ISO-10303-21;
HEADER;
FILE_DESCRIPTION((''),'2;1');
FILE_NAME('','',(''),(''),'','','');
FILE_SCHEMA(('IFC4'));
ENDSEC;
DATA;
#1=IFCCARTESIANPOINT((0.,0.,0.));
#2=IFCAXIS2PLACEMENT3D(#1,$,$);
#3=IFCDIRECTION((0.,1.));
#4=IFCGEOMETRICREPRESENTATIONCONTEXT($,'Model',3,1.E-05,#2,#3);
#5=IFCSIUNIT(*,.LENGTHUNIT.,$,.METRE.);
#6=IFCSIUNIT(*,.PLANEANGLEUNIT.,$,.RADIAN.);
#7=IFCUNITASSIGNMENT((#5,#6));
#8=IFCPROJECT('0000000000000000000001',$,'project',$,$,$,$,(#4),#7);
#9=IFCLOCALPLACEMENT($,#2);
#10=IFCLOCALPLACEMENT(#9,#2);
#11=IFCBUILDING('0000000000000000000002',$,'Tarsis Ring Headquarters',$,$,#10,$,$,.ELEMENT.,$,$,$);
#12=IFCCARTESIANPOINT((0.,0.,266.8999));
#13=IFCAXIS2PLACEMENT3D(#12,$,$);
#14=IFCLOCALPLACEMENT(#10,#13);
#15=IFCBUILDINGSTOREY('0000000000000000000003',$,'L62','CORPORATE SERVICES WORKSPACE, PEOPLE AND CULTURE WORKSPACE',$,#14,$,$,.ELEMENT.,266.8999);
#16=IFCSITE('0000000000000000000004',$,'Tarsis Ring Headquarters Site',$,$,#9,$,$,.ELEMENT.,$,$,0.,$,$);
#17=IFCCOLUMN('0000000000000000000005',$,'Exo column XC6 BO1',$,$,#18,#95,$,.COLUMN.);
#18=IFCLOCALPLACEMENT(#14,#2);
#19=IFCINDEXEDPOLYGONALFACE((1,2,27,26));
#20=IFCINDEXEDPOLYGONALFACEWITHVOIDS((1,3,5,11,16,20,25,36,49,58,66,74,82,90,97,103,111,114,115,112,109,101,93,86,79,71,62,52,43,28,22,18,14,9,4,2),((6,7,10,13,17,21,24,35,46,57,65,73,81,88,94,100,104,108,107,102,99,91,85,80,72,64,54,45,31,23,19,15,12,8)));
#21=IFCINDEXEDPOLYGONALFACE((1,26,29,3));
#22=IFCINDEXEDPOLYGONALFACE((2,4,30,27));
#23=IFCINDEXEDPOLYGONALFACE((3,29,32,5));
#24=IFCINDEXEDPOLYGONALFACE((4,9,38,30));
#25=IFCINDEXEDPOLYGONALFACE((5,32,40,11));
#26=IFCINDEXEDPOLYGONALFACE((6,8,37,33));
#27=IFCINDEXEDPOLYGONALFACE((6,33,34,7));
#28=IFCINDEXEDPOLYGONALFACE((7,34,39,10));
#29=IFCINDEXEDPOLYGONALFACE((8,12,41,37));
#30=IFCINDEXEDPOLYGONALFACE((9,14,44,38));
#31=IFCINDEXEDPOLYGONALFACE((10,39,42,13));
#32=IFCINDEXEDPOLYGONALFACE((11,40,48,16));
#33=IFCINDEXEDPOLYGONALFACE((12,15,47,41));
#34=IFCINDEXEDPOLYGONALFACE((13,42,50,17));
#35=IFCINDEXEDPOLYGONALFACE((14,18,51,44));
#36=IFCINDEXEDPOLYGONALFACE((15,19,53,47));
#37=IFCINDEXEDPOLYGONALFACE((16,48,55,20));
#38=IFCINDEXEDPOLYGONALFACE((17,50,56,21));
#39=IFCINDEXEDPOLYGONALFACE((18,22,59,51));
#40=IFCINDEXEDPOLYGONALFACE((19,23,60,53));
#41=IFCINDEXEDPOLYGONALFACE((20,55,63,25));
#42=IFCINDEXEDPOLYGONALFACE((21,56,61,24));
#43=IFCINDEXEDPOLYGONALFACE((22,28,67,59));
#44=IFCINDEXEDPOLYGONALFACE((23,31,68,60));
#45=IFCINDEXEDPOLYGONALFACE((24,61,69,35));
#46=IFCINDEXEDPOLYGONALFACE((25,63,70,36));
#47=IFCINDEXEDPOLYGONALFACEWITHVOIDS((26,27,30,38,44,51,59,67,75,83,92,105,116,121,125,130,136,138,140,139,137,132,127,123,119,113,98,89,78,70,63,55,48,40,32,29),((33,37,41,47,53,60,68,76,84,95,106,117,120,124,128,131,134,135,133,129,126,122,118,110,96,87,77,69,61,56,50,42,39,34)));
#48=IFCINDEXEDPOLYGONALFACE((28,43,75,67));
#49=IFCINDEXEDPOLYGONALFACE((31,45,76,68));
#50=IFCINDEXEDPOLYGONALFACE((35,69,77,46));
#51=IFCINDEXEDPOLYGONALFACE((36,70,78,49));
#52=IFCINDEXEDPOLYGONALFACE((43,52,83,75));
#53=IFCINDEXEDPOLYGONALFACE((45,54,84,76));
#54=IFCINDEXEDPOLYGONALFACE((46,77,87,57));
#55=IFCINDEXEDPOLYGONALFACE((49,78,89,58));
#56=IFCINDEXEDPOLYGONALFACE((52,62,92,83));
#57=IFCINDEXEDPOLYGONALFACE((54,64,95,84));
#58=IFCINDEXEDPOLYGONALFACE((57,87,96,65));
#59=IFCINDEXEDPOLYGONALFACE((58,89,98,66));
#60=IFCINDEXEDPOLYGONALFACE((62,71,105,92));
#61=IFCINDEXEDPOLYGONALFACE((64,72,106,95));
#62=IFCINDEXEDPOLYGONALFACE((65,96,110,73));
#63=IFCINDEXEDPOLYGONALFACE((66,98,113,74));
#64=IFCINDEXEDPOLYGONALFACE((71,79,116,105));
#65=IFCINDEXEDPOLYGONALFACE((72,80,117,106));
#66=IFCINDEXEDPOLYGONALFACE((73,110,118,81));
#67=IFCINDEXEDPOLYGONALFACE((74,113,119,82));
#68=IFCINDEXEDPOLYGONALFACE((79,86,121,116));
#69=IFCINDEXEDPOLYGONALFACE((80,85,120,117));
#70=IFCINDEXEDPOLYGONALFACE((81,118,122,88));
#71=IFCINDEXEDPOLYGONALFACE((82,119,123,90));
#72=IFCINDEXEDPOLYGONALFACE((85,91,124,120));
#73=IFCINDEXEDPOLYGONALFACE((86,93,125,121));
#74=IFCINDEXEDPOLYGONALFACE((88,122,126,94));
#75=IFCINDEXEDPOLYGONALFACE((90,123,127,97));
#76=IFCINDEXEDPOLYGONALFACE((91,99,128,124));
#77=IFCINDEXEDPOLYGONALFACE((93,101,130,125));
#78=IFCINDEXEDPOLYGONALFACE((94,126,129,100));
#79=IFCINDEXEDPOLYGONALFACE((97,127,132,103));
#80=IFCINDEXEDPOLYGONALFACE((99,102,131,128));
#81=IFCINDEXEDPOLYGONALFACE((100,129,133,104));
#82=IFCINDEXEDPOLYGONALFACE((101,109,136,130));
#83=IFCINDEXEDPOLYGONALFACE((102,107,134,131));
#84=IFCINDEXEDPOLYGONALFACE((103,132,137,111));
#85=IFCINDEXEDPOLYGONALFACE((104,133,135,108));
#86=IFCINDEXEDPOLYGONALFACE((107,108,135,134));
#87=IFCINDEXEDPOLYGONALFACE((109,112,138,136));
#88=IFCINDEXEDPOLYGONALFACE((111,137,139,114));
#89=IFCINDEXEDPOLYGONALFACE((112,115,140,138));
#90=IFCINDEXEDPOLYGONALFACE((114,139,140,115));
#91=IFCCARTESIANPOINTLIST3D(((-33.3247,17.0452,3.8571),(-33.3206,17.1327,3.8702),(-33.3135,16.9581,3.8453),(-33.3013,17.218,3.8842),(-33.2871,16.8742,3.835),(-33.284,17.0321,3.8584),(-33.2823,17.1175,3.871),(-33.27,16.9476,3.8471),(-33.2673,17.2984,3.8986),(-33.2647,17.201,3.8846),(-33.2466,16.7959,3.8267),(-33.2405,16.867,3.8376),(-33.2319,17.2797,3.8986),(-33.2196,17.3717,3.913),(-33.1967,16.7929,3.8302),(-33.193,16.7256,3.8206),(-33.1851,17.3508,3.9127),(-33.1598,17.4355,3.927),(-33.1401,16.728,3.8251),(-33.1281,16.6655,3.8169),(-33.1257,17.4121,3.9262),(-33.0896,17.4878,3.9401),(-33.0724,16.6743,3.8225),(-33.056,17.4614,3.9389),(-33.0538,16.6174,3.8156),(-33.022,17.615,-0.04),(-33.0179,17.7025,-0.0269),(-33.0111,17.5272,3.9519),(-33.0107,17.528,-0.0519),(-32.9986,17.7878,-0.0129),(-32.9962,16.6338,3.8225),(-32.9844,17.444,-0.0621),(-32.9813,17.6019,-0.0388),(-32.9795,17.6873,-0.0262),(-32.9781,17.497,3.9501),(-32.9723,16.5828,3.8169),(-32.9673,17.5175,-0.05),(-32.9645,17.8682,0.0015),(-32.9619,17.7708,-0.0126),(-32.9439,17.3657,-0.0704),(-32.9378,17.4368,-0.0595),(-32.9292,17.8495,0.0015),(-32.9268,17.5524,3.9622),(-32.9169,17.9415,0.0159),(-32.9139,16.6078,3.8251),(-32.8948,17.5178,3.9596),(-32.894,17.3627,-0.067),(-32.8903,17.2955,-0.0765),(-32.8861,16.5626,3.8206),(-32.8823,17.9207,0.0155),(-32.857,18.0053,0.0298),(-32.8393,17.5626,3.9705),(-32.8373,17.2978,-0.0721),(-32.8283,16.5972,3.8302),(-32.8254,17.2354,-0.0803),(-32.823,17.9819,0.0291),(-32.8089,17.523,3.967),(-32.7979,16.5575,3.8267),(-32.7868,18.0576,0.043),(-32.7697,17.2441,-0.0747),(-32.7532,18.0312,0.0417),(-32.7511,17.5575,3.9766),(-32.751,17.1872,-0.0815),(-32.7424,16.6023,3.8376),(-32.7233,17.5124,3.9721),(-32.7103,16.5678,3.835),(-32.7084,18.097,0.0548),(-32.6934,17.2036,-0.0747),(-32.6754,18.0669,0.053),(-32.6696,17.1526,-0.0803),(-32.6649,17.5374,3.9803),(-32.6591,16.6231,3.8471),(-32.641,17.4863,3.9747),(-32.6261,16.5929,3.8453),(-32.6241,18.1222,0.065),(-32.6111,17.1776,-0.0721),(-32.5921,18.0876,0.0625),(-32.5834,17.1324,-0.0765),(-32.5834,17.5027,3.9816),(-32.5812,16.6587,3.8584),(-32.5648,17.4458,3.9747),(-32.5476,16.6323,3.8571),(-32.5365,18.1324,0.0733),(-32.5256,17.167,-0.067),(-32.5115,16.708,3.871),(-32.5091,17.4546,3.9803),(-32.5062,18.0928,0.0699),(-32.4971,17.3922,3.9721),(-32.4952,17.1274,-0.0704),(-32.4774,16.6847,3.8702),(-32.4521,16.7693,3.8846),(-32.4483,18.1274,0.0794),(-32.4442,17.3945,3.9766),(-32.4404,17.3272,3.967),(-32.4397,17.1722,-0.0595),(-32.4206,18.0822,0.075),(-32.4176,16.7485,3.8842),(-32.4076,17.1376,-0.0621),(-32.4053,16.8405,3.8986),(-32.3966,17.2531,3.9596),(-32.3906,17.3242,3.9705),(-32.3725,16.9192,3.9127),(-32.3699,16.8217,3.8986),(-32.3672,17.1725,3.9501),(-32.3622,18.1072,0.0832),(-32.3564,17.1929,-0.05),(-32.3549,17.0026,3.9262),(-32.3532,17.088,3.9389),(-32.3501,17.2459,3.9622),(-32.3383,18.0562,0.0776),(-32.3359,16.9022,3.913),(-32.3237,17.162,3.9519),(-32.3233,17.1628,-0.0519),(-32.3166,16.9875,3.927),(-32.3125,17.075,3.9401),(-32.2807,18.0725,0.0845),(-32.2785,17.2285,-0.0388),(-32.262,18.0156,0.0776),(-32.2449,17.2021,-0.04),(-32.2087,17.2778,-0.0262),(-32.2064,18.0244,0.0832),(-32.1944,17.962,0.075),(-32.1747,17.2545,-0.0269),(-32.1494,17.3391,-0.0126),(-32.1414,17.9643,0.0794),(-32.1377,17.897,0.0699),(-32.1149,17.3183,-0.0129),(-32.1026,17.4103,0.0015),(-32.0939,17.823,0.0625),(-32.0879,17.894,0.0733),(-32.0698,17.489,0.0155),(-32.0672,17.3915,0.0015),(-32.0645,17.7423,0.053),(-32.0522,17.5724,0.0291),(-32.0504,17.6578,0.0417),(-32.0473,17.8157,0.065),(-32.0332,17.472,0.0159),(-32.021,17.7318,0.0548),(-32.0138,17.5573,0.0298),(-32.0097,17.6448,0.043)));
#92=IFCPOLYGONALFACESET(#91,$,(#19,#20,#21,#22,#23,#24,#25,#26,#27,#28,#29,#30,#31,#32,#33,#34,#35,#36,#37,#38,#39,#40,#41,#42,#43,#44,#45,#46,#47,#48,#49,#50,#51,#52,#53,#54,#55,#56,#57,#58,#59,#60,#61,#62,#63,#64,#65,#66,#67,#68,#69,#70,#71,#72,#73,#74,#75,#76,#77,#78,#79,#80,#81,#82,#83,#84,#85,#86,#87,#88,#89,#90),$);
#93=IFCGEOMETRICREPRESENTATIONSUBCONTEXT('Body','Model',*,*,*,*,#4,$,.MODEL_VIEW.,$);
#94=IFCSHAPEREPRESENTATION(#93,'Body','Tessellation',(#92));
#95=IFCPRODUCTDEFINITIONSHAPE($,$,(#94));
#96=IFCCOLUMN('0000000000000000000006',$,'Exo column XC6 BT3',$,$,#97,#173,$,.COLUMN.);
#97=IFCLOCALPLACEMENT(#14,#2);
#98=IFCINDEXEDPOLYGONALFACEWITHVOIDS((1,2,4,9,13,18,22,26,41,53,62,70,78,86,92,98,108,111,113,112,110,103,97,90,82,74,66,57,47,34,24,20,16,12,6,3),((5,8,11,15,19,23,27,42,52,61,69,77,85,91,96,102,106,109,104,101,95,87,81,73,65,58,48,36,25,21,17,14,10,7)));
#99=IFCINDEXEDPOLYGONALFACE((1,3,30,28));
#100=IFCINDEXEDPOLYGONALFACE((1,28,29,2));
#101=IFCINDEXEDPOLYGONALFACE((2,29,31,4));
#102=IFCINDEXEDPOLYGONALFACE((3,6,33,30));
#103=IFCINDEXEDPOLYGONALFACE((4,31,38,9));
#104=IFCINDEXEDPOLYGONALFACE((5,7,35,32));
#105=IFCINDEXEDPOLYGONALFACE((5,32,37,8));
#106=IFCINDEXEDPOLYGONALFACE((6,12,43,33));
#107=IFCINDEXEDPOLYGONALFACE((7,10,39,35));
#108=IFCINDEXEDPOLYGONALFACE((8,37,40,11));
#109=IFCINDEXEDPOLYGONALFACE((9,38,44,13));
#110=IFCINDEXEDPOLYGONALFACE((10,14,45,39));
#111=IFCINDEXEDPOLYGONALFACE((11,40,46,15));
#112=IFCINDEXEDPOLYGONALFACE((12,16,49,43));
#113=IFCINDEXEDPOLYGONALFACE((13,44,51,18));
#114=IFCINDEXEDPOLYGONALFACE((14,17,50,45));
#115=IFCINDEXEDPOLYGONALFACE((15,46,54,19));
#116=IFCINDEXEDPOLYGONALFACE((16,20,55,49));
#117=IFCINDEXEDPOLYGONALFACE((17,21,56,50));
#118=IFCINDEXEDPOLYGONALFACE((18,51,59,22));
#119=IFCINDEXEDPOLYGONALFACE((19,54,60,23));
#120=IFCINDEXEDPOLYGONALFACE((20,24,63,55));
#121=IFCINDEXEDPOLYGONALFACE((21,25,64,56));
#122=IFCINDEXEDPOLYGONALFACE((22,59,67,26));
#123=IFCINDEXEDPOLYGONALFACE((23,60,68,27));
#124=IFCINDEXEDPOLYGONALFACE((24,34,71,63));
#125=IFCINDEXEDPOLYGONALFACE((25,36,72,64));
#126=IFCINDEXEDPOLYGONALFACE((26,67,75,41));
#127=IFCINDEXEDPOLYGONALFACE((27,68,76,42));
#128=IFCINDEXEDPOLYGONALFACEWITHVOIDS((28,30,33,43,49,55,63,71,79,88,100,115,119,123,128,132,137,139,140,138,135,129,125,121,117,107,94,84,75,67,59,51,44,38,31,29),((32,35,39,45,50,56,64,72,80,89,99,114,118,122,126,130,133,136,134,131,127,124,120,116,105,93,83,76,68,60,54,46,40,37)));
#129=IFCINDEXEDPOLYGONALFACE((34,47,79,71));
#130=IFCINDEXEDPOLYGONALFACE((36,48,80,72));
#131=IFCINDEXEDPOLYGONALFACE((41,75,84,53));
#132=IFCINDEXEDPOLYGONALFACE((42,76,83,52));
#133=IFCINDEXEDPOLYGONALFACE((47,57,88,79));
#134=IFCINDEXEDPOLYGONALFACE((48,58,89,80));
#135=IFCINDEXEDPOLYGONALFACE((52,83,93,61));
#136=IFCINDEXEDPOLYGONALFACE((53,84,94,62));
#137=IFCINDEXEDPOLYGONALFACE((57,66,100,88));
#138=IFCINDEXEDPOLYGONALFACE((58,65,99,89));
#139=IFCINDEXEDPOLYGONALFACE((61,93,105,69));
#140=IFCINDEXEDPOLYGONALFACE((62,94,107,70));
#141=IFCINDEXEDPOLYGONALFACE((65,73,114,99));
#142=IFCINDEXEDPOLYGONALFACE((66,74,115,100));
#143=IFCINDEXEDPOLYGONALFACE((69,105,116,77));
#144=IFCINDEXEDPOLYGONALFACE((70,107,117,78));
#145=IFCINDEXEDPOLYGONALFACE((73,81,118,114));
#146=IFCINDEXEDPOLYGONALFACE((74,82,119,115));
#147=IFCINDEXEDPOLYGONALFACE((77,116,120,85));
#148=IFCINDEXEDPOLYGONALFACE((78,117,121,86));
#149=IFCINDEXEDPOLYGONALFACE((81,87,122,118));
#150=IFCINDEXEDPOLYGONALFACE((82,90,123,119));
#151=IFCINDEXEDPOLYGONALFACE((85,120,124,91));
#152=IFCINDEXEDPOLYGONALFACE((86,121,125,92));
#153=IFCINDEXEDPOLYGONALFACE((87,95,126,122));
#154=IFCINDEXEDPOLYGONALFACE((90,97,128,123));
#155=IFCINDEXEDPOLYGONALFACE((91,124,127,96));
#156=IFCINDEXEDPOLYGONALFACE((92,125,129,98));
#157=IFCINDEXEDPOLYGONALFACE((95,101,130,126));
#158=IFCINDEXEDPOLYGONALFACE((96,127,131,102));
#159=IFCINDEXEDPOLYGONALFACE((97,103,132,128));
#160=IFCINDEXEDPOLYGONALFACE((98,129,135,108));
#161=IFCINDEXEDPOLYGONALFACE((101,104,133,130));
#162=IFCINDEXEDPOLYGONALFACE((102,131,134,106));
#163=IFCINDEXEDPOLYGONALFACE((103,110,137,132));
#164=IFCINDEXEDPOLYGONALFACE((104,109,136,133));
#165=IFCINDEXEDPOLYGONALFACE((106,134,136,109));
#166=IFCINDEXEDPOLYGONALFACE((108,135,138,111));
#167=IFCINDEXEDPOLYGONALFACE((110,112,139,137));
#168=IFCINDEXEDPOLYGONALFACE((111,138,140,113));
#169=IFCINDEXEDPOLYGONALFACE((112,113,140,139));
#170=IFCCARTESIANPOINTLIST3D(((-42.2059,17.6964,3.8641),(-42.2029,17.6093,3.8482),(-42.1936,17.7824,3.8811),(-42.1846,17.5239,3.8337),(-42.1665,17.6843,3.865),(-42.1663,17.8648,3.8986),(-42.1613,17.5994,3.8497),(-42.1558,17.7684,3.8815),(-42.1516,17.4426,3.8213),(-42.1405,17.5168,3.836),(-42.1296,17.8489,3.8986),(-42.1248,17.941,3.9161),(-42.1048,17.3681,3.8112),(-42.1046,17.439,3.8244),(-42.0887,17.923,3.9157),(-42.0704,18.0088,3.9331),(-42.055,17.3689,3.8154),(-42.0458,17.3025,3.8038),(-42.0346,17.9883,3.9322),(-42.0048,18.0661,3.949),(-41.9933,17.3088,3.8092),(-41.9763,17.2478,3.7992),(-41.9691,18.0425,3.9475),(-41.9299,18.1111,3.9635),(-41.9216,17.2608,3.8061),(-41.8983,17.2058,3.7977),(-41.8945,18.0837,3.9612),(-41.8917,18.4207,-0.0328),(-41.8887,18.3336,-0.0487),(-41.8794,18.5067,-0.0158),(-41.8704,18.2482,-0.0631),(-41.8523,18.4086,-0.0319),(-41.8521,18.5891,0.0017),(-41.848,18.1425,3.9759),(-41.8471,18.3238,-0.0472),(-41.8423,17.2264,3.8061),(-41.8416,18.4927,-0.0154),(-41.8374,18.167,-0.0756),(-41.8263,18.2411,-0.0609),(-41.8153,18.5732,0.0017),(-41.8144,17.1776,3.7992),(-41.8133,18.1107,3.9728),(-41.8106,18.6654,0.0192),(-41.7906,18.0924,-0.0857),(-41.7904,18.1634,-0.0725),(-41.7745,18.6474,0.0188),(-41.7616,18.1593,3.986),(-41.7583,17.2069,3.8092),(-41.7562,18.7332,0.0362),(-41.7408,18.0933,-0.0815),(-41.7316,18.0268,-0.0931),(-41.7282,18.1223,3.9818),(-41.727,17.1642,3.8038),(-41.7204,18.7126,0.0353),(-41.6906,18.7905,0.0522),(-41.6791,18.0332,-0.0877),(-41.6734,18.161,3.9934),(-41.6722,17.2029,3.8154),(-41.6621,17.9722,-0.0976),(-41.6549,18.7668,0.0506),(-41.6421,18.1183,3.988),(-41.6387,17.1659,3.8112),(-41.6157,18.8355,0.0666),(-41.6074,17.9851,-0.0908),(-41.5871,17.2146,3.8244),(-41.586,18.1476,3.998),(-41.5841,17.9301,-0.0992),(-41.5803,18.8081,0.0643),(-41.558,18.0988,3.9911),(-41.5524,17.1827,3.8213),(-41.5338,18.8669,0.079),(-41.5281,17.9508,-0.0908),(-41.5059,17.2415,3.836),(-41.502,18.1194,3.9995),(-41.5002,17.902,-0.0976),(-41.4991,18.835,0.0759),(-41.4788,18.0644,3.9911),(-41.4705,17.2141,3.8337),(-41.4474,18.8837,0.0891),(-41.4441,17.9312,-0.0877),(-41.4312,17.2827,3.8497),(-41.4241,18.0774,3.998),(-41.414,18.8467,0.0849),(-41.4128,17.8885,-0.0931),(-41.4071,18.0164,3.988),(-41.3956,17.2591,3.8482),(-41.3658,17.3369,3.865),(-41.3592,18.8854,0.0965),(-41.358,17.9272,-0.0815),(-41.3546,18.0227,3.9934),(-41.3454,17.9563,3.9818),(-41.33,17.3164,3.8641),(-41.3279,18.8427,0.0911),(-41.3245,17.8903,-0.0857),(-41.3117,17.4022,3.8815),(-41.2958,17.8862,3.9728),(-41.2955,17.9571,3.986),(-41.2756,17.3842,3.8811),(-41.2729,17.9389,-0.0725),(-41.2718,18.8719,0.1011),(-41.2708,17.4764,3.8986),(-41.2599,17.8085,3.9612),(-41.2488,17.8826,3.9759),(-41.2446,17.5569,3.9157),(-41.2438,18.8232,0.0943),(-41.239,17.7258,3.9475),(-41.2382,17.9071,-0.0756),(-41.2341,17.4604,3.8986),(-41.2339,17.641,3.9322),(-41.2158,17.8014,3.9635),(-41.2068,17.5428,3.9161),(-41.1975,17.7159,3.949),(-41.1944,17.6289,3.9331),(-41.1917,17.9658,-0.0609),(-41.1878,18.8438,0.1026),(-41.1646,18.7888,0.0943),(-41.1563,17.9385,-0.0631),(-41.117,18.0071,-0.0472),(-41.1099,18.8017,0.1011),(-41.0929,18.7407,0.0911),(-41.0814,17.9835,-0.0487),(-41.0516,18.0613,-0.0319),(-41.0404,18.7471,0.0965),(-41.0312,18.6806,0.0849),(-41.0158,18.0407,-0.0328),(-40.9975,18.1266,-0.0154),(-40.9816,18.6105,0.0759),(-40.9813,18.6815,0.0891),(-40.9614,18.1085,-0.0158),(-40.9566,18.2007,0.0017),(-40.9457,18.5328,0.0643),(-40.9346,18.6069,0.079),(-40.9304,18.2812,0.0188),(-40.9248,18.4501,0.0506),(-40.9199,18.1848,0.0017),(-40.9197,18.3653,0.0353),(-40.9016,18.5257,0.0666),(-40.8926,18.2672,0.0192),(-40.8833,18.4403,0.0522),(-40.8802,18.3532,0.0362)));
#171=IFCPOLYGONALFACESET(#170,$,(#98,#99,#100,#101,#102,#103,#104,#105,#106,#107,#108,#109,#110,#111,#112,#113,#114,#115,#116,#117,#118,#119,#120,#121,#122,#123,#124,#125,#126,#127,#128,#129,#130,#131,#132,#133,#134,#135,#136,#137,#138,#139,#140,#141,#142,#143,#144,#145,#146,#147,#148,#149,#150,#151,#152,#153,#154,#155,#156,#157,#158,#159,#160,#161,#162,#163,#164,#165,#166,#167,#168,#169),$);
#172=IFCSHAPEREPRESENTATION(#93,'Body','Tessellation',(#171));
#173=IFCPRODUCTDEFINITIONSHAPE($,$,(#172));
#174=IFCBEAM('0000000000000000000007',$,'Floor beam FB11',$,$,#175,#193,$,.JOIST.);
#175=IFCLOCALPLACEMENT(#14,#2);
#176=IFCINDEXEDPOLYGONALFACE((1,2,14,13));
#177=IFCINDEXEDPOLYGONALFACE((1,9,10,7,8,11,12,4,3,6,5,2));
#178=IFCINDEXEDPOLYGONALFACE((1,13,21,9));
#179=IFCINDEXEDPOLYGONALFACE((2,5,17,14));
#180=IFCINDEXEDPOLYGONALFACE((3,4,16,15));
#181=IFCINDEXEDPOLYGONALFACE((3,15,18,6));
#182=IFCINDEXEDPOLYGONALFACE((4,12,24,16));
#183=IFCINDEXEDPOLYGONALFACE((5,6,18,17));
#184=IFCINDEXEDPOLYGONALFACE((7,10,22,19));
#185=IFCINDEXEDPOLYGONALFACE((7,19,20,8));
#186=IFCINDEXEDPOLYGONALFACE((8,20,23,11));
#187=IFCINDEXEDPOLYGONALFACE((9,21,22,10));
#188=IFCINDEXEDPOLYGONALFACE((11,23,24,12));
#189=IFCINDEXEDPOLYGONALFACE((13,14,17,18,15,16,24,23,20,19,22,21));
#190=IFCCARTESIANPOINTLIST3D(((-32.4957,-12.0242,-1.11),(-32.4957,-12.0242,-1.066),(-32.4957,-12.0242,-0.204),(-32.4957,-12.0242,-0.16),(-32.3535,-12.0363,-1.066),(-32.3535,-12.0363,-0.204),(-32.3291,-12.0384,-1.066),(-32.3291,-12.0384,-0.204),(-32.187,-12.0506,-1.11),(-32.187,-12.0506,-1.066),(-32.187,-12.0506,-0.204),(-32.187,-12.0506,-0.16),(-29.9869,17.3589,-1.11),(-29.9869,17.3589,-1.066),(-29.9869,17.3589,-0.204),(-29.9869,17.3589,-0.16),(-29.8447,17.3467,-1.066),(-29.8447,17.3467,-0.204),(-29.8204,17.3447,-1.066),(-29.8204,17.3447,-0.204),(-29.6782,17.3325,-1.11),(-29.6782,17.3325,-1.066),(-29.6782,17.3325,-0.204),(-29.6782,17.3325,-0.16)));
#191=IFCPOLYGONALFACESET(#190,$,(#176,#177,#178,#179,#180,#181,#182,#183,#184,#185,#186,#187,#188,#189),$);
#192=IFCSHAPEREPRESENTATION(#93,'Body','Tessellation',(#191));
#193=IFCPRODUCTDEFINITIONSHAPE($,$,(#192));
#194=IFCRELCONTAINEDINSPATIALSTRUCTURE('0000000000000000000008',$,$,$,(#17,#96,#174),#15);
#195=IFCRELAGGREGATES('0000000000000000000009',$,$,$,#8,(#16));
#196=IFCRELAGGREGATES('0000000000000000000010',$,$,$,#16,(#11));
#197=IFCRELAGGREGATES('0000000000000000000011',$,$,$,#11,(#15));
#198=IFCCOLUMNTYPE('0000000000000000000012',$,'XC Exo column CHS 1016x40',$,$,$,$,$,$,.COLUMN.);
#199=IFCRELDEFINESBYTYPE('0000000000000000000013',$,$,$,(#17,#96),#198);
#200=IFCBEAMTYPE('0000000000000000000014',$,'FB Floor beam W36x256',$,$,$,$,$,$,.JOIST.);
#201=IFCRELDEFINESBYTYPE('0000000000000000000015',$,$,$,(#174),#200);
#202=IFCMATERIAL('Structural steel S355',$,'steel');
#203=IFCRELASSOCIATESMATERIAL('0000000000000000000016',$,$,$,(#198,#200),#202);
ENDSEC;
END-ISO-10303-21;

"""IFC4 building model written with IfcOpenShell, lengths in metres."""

from ifc_helpers import new_model, si_unit, direction, frame, origin, origin_2d, place, context, subcontext, project, spatial, hollow_circle, i_section, extrude, material, material_profile, profile_set, type_object, element, save


model = new_model("IFC4")

# Units and contexts
model_context = context("Model", 3, precision=1e-05, world=origin(), true_north=direction((0.0, 1.0)))
body_context = subcontext(model_context, "Body", "Model", "MODEL_VIEW")
ifc_project = project(units=[si_unit("LENGTHUNIT", "METRE"), si_unit("PLANEANGLEUNIT", "RADIAN")], contexts=[model_context])

# Site, building, storey
site_placement = place(None, origin())
site = spatial("IfcSite", under=ifc_project, at=site_placement, Name="Tarsis Ring Headquarters Site", CompositionType="ELEMENT", RefElevation=0.0)
building_placement = place(site_placement, origin())
building = spatial("IfcBuilding", under=site, at=building_placement, Name="Tarsis Ring Headquarters", CompositionType="ELEMENT")
storey_placement = place(building_placement, frame((0.0, 0.0, 266.8999)))
storey = spatial("IfcBuildingStorey", under=building, at=storey_placement, Name="L62", Description="CORPORATE SERVICES WORKSPACE, PEOPLE AND CULTURE WORKSPACE", CompositionType="ELEMENT", Elevation=266.8999)

# Columns
ifc_material_1 = material(Name="Structural steel S355", Category="steel")
ifc_material_profile_1 = material_profile(ifc_material_1, hollow_circle(Radius=0.5081, WallThickness=0.04, at=origin_2d()), Name="CHS 1016x40")
ifc_profile_set_1 = profile_set([ifc_material_profile_1], Name="Structural steel S355")
column_type = type_object("IfcColumnType", Name="XC Exo column CHS 1016x40", PredefinedType="COLUMN", material=ifc_profile_set_1)
column_1_placement = place(storey_placement, frame((-32.5159, 17.6299, 0.0015), z_axis=(-0.076636, -0.144249, 0.986569), x_axis=(0.883106, -0.469174, 0.0)))
element("IfcColumn", 1, at=column_1_placement, inside=storey, type_object=column_type, Name="Exo column XC6 BO1", PredefinedType="COLUMN", context=body_context, shape_type="SweptSolid", body=[
    extrude(hollow_circle(Radius=0.5081, WallThickness=0.04, at=origin_2d()), origin(), (0.0, 0.0, 1.0), 3.9502),
])
column_2_placement = place(storey_placement, frame((-41.386, 18.387, 0.0017), z_axis=(-0.079023, -0.182177, 0.980085), x_axis=(0.917409, -0.397946, 0.0)))
element("IfcColumn", 2, at=column_2_placement, inside=storey, type_object=column_type, Name="Exo column XC6 BT3", PredefinedType="COLUMN", context=body_context, shape_type="SweptSolid", body=[
    extrude(hollow_circle(Radius=0.5081, WallThickness=0.04, at=origin_2d()), origin(), (0.0, 0.0, 1.0), 3.9761),
])

# Beam
ifc_material_profile_2 = material_profile(ifc_material_1, i_section(OverallWidth=0.3098, OverallDepth=0.95, WebThickness=0.0244, FlangeThickness=0.0439, at=origin_2d()), Name="W36x256")
ifc_profile_set_2 = profile_set([ifc_material_profile_2], Name="Structural steel S355")
beam_type_1 = type_object("IfcBeamType", Name="FB Floor beam W36x256", PredefinedType="JOIST", material=ifc_profile_set_2)
for number, where, z_axis, x_axis, name in (
    (3, (-29.8325, 17.3457, -0.635), (-0.085073, -0.996375, 0.0), (0.996375, -0.085073, 0.0), "Floor beam FB11"),
):
    element("IfcBeam", number, at=place(storey_placement, frame(where, z_axis=z_axis, x_axis=x_axis)), inside=storey, type_object=beam_type_1, Name=name, PredefinedType="JOIST", context=body_context, shape_type="SweptSolid", body=[
        extrude(i_section(OverallWidth=0.3098, OverallDepth=0.95, WebThickness=0.0244, FlangeThickness=0.0439, at=origin_2d()), origin(), (0.0, 0.0, 1.0), 29.49),
    ])

save(model, "model.ifc")
